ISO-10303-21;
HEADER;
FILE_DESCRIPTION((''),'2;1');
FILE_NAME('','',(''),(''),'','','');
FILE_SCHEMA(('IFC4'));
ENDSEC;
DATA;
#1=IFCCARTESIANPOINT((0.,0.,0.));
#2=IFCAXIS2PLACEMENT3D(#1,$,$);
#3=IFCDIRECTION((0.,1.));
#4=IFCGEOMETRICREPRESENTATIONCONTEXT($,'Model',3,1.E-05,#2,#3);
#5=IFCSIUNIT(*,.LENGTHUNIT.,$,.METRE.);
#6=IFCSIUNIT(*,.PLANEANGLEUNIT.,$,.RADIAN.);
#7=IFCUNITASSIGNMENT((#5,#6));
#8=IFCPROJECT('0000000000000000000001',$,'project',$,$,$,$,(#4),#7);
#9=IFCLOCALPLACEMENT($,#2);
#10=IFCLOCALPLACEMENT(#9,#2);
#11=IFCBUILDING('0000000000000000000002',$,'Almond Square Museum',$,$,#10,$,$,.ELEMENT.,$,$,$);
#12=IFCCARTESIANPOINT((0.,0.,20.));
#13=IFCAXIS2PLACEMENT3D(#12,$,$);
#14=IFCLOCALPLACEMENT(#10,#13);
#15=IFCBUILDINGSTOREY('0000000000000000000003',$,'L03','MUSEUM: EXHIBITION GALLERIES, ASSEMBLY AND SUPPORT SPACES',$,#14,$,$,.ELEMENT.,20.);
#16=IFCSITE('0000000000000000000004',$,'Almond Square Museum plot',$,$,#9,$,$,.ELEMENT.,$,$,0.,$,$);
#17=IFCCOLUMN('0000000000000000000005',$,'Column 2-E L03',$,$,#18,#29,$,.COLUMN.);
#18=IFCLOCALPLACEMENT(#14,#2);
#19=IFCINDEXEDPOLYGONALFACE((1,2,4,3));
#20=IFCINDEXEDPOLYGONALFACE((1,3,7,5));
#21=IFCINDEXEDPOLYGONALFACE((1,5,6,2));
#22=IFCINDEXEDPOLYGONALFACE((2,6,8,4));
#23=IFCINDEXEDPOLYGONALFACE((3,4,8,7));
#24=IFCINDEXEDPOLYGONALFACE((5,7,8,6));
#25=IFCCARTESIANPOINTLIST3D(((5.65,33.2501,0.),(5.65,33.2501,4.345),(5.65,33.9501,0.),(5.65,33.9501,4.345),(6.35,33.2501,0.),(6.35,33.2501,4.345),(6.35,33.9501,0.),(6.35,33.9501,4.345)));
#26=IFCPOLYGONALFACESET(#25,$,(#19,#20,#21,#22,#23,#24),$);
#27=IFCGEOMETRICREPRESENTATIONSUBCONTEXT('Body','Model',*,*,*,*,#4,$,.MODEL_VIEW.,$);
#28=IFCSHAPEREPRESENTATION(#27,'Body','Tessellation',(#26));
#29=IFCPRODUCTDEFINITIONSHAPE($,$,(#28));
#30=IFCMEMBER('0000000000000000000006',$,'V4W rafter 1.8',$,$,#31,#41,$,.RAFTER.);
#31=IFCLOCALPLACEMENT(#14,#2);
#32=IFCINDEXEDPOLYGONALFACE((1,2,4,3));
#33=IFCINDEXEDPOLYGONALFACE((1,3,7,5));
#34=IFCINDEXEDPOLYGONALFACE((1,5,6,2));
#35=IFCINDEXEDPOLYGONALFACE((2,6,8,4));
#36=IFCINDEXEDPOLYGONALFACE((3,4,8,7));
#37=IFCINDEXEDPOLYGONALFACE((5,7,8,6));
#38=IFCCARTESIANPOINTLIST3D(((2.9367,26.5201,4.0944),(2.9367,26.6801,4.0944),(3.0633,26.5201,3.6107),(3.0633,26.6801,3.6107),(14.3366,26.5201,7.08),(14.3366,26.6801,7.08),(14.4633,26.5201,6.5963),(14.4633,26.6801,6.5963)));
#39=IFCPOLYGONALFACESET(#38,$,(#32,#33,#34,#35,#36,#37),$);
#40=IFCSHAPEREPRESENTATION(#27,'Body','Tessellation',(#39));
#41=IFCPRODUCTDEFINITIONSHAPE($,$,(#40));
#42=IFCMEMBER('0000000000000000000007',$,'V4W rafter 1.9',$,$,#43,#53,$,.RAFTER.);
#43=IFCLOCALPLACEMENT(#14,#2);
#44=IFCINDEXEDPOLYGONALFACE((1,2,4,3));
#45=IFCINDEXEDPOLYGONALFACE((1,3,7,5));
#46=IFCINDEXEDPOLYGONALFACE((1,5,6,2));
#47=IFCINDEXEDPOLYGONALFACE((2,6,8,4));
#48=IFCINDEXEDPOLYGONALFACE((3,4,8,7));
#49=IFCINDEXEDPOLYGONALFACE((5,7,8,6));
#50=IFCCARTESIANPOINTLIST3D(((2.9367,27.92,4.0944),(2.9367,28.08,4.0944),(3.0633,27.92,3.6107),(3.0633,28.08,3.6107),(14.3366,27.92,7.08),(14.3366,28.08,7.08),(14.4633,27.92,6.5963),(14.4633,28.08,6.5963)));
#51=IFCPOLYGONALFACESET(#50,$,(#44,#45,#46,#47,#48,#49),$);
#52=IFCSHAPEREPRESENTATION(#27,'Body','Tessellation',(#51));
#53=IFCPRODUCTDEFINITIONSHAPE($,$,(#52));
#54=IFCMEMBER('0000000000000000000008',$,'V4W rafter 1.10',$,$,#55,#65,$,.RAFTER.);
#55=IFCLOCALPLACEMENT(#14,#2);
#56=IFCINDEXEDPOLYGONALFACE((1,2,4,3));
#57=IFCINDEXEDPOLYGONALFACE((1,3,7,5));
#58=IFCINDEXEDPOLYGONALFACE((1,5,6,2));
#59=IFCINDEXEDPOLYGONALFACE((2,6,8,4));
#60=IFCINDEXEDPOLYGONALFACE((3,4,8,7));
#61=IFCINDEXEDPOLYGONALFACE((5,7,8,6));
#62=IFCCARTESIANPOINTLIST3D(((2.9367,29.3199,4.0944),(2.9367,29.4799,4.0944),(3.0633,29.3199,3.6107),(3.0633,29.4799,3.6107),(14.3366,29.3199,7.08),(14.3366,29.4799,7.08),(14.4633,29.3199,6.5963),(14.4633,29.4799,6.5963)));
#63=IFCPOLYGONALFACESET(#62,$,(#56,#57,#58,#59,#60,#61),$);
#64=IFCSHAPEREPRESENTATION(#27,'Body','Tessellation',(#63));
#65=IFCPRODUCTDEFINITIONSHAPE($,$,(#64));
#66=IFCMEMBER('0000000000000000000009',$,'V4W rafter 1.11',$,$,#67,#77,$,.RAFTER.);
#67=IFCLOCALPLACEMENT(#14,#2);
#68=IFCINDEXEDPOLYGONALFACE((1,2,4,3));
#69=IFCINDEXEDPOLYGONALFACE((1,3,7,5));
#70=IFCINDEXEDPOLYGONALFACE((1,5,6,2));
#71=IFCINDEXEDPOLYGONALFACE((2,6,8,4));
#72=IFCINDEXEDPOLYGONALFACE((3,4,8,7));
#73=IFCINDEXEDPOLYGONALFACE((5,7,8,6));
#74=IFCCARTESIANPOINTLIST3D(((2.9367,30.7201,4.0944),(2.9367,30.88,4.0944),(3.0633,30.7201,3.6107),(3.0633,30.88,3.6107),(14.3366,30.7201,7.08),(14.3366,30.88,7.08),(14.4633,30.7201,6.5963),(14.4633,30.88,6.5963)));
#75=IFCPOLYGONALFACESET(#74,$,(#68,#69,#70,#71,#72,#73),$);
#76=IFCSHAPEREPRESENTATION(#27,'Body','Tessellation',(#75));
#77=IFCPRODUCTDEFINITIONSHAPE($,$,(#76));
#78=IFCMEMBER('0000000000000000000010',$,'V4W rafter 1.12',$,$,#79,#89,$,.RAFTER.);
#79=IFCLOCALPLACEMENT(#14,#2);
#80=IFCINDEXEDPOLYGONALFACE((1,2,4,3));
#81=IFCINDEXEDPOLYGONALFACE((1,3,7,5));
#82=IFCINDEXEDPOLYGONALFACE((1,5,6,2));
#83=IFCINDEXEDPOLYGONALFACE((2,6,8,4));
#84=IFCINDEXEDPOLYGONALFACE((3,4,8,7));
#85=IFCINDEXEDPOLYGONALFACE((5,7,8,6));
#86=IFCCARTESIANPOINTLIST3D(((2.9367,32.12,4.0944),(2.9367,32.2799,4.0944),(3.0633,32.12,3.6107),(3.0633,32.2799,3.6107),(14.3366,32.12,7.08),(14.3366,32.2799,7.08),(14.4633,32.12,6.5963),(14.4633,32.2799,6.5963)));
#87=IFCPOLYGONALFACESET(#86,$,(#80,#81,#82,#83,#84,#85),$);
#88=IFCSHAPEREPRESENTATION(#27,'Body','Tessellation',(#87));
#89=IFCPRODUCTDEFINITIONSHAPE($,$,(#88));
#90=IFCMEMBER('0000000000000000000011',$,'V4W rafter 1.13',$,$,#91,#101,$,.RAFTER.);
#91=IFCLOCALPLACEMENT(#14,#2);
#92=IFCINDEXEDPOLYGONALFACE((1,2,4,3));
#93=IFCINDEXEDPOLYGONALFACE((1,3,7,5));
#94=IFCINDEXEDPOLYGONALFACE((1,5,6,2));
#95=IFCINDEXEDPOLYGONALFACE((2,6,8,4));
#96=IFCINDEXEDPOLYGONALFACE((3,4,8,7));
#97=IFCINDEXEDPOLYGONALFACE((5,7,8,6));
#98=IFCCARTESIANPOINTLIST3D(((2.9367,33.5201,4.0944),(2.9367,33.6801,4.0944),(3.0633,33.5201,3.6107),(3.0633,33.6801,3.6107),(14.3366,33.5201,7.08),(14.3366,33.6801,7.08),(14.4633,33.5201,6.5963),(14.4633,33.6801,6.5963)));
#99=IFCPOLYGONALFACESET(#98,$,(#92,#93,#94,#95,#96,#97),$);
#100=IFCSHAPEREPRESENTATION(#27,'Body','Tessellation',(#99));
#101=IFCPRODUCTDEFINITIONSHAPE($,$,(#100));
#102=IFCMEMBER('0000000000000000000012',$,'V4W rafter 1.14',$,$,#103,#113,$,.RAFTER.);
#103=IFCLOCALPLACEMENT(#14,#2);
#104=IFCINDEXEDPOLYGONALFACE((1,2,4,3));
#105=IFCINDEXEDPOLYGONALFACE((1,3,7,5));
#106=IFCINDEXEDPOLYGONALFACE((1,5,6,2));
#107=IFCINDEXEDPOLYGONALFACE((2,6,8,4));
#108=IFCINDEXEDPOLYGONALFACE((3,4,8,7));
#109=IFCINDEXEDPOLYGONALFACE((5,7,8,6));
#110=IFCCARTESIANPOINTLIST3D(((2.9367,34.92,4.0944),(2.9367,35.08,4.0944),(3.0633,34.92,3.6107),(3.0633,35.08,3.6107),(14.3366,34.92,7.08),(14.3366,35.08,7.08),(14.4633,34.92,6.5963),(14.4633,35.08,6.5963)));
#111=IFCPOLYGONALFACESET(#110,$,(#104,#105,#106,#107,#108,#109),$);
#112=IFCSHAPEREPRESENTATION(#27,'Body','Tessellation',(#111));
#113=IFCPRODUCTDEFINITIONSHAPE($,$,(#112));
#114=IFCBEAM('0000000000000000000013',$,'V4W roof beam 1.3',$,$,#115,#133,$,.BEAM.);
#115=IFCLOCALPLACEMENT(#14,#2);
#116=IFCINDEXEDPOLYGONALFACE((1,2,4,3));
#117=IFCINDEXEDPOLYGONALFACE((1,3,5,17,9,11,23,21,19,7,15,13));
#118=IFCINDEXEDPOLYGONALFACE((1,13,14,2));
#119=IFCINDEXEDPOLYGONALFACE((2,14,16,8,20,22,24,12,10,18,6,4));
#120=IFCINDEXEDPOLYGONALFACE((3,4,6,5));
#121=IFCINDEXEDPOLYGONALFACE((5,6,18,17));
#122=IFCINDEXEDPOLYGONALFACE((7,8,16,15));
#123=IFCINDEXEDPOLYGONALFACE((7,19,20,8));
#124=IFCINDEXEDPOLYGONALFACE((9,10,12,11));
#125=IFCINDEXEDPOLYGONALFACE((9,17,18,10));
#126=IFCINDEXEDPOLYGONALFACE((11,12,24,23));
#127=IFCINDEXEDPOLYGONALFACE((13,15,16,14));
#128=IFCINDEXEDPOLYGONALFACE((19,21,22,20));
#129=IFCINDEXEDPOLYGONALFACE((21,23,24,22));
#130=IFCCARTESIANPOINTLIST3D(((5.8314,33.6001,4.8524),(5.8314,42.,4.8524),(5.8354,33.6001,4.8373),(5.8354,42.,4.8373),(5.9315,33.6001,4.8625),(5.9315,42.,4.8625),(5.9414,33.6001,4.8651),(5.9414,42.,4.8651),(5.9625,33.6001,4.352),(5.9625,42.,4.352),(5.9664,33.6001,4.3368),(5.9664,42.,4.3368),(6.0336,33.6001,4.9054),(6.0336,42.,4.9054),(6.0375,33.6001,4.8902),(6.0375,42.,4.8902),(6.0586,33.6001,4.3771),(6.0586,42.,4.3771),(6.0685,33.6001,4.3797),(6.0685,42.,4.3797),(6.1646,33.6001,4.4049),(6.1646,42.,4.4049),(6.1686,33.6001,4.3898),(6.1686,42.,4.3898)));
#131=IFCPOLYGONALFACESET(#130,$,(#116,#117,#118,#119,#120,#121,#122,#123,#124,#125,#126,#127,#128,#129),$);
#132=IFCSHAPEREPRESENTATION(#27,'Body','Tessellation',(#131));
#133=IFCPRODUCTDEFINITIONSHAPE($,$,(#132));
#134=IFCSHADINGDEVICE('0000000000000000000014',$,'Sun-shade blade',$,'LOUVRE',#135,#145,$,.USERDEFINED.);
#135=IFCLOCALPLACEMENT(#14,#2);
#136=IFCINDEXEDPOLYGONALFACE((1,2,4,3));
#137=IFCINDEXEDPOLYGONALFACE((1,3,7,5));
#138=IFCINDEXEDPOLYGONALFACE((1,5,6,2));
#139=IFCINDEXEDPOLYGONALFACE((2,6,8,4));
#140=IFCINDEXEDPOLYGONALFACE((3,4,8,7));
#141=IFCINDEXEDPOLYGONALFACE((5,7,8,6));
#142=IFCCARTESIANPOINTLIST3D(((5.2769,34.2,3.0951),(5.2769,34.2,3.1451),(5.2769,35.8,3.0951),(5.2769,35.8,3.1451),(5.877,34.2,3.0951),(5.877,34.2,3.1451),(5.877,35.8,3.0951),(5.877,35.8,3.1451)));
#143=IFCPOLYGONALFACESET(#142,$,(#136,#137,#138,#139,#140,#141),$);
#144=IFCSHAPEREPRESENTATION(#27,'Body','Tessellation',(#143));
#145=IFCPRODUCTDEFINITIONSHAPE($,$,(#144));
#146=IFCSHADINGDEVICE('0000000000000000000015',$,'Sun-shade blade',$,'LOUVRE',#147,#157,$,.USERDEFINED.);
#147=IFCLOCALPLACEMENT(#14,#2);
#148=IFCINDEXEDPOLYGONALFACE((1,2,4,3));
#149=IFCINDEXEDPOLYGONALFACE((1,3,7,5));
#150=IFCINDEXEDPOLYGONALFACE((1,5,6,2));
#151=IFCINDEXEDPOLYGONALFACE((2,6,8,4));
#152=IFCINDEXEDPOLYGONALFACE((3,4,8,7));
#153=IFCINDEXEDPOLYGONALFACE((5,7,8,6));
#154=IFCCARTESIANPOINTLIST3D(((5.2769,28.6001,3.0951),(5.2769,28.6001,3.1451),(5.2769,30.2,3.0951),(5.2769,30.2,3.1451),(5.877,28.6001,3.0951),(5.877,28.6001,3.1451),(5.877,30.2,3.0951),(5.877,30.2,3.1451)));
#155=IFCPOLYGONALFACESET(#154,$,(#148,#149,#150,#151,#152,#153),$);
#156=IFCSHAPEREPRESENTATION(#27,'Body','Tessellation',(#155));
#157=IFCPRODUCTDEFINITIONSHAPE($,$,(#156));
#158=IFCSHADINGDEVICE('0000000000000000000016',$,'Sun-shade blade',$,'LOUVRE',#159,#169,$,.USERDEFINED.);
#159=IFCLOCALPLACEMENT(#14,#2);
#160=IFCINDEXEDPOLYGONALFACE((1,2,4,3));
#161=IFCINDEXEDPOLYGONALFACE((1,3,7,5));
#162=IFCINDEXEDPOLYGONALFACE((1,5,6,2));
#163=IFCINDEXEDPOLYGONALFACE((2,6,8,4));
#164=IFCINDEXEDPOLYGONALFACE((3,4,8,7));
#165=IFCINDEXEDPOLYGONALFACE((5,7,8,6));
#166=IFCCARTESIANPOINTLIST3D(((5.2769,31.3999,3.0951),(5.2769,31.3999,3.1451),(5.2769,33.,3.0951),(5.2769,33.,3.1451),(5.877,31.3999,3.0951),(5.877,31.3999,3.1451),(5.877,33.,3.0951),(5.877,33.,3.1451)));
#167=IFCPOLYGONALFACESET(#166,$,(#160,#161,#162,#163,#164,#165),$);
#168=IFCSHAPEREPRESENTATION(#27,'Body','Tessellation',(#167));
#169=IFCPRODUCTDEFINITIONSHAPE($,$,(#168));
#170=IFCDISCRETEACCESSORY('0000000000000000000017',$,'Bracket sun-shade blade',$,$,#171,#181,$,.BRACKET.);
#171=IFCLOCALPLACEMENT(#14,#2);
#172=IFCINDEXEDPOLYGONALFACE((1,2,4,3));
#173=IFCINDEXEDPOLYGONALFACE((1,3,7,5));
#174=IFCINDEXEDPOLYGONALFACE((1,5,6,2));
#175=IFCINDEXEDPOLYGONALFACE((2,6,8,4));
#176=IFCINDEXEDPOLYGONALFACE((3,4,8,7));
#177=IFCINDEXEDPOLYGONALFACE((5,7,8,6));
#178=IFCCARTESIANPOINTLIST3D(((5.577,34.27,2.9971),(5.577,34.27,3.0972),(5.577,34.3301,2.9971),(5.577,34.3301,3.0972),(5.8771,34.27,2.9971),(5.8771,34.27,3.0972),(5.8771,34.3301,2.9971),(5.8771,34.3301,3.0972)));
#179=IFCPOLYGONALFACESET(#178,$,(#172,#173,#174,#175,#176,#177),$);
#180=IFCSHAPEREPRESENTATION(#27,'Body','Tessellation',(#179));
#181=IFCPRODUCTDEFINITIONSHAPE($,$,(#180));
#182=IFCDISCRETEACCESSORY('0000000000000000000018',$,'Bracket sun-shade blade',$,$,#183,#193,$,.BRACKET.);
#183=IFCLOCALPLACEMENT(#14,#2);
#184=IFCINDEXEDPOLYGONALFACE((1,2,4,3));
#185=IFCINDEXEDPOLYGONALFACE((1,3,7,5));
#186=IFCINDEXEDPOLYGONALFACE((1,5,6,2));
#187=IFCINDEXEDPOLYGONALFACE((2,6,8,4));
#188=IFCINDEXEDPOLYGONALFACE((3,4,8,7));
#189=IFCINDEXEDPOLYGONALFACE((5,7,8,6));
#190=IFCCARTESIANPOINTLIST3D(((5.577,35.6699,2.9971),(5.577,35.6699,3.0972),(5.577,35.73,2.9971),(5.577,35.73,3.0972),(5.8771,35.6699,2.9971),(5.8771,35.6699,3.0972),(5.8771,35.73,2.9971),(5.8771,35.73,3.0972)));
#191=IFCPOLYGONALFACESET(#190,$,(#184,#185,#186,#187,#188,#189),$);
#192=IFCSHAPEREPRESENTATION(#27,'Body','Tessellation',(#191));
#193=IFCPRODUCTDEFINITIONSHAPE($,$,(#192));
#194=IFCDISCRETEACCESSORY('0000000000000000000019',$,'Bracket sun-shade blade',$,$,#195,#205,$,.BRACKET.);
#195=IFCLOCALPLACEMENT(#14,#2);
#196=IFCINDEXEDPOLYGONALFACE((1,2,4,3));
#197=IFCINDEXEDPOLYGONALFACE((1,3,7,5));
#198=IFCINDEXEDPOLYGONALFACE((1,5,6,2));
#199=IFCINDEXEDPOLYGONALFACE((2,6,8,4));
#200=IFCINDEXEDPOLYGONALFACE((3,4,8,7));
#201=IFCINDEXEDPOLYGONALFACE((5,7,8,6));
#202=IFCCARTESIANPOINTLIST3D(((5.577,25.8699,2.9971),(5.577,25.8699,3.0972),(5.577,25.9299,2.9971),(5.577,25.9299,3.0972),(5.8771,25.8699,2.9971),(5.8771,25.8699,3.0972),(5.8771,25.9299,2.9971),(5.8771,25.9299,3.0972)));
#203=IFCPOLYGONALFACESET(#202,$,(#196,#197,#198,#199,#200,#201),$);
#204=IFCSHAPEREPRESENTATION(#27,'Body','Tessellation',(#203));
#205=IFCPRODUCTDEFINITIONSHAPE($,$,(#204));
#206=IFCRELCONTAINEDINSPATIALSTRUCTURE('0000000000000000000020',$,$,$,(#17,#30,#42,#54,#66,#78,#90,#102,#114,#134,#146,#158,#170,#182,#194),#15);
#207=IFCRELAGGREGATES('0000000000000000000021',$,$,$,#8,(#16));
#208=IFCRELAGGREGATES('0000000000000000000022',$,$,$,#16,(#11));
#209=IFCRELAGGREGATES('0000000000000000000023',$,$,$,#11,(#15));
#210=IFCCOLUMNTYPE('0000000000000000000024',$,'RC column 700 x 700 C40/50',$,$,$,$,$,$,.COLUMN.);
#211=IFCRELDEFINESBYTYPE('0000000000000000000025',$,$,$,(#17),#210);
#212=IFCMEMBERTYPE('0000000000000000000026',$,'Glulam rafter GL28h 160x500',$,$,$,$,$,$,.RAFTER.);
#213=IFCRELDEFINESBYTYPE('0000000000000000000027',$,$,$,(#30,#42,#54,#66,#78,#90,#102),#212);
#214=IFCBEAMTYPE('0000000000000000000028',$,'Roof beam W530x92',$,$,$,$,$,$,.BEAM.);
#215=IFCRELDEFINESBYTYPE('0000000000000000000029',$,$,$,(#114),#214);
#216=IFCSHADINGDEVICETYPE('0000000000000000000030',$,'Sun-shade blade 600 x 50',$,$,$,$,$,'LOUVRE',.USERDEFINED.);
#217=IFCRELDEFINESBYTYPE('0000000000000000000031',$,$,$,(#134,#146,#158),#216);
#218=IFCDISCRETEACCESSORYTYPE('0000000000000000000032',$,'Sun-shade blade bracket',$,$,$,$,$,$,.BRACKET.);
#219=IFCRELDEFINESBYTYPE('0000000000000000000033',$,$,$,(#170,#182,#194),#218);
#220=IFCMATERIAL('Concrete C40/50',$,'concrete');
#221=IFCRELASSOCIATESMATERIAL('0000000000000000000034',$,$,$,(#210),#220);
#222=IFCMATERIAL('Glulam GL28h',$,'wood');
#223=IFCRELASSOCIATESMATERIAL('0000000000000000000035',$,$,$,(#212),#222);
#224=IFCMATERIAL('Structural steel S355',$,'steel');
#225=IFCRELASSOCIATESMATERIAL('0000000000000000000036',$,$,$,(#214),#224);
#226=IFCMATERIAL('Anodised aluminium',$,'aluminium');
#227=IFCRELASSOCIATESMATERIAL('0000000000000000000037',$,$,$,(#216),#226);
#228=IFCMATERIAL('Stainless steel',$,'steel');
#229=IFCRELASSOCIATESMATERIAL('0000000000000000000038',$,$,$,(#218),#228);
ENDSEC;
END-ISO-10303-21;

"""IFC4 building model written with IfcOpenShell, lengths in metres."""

from ifc_helpers import new_model, si_unit, direction, frame, origin, origin_2d, place, context, subcontext, project, spatial, rectangle, i_section, extrude, material, material_profile, profile_set, type_object, element, save


model = new_model("IFC4")

# Units and contexts
model_context = context("Model", 3, precision=1e-05, world=origin(), true_north=direction((0.0, 1.0)))
body_context = subcontext(model_context, "Body", "Model", "MODEL_VIEW")
ifc_project = project(units=[si_unit("LENGTHUNIT", "METRE"), si_unit("PLANEANGLEUNIT", "RADIAN")], contexts=[model_context])

# Site, building, storey
site_placement = place(None, origin())
site = spatial("IfcSite", under=ifc_project, at=site_placement, Name="Almond Square Museum plot", CompositionType="ELEMENT", RefElevation=0.0)
building_placement = place(site_placement, origin())
building = spatial("IfcBuilding", under=site, at=building_placement, Name="Almond Square Museum", CompositionType="ELEMENT")
storey_placement = place(building_placement, frame((0.0, 0.0, 20.0)))
storey = spatial("IfcBuildingStorey", under=building, at=storey_placement, Name="L03", Description="MUSEUM: EXHIBITION GALLERIES, ASSEMBLY AND SUPPORT SPACES", CompositionType="ELEMENT", Elevation=20.0)

# Column
ifc_material_1 = material(Name="Concrete C40/50", Category="concrete")
ifc_material_profile_1 = material_profile(ifc_material_1, rectangle(XDim=0.7, YDim=0.7, at=origin_2d()))
ifc_profile_set_1 = profile_set([ifc_material_profile_1], Name="Concrete C40/50")
column_type = type_object("IfcColumnType", Name="RC column 700 x 700 C40/50", PredefinedType="COLUMN", material=ifc_profile_set_1)
column_placement = place(storey_placement, frame((6.0, 33.6001, 0.0), z_axis=(0.0, 0.0, 1.0), x_axis=(1.0, 0.0, 0.0)))
element("IfcColumn", 1, at=column_placement, inside=storey, type_object=column_type, Name="Column 2-E L03", PredefinedType="COLUMN", context=body_context, shape_type="SweptSolid", body=[
    extrude(rectangle(XDim=0.7, YDim=0.7, at=origin_2d()), origin(), (0.0, 0.0, 1.0), 4.345),
])

# Members
ifc_material_2 = material(Name="Glulam GL28h", Category="wood")
ifc_material_profile_2 = material_profile(ifc_material_2, rectangle(XDim=0.1599, YDim=0.5, at=origin_2d()))
ifc_profile_set_2 = profile_set([ifc_material_profile_2], Name="Glulam GL28h")
member_type = type_object("IfcMemberType", Name="Glulam rafter GL28h 160x500", PredefinedType="RAFTER", material=ifc_profile_set_2)
for number, where, z_axis, x_axis, name in (
    (2, (3.0, 26.6001, 3.8525), (0.967374, 0.0, 0.253352), (0.0, 1.0, 0.0), "V4W rafter 1.8"),
    (3, (3.0, 28.0, 3.8525), (0.967374, 0.0, 0.253352), (0.0, 1.0, 0.0), "V4W rafter 1.9"),
    (4, (3.0, 29.3999, 3.8525), (0.967374, 0.0, 0.253352), (0.0, 1.0, 0.0), "V4W rafter 1.10"),
    (5, (3.0, 30.8, 3.8525), (0.967374, 0.0, 0.253352), (0.0, 1.0, 0.0), "V4W rafter 1.11"),
    (6, (3.0, 32.2, 3.8525), (0.967374, 0.0, 0.253352), (0.0, 1.0, 0.0), "V4W rafter 1.12"),
    (7, (3.0, 33.6001, 3.8525), (0.967374, 0.0, 0.253352), (0.0, 1.0, 0.0), "V4W rafter 1.13"),
    (8, (3.0, 35.0, 3.8525), (0.967374, 0.0, 0.253352), (0.0, 1.0, 0.0), "V4W rafter 1.14"),
):
    element("IfcMember", number, at=place(storey_placement, frame(where, z_axis=z_axis, x_axis=x_axis)), inside=storey, type_object=member_type, Name=name, PredefinedType="RAFTER", context=body_context, shape_type="SweptSolid", body=[
        extrude(rectangle(XDim=0.1599, YDim=0.5, at=origin_2d()), origin(), (0.0, 0.0, 1.0), 11.7844),
    ])

# Beam
ifc_material_3 = material(Name="Structural steel S355", Category="steel")
ifc_material_profile_3 = material_profile(ifc_material_3, i_section(OverallWidth=0.209, OverallDepth=0.533, WebThickness=0.0103, FlangeThickness=0.0156, at=origin_2d()))
ifc_profile_set_3 = profile_set([ifc_material_profile_3], Name="Structural steel S355")
beam_type = type_object("IfcBeamType", Name="Roof beam W530x92", PredefinedType="BEAM", material=ifc_profile_set_3)
beam_placement = place(storey_placement, frame((6.0, 33.6001, 4.6211), z_axis=(0.0, 1.0, 0.0), x_axis=(-0.967372, 0.0, -0.25336)))
element("IfcBeam", 9, at=beam_placement, inside=storey, type_object=beam_type, Name="V4W roof beam 1.3", PredefinedType="BEAM", context=body_context, shape_type="SweptSolid", body=[
    extrude(i_section(OverallWidth=0.209, OverallDepth=0.533, WebThickness=0.0103, FlangeThickness=0.0156, at=origin_2d()), origin(), (0.0, 0.0, 1.0), 8.3999),
])

# Shading devices
ifc_material_4 = material(Name="Anodised aluminium", Category="aluminium")
ifc_material_profile_4 = material_profile(ifc_material_4, rectangle(XDim=0.6001, YDim=0.05, at=origin_2d()))
ifc_profile_set_4 = profile_set([ifc_material_profile_4], Name="Anodised aluminium")
shading_device_type = type_object("IfcShadingDeviceType", Name="Sun-shade blade 600 x 50", ElementType="LOUVRE", PredefinedType="USERDEFINED", material=ifc_profile_set_4)
shading_device_1_placement = place(storey_placement, frame((5.5769, 34.2, 3.1201), z_axis=(0.0, 1.0, 0.0), x_axis=(-1.0, 0.0, 0.0)))
element("IfcShadingDevice", 10, at=shading_device_1_placement, inside=storey, type_object=shading_device_type, Name="Sun-shade blade", ObjectType="LOUVRE", PredefinedType="USERDEFINED", context=body_context, shape_type="SweptSolid", body=[
    extrude(rectangle(XDim=0.6001, YDim=0.05, at=origin_2d()), origin(), (0.0, 0.0, 1.0), 1.6001),
])
shading_device_2_placement = place(storey_placement, frame((5.5769, 28.6001, 3.1201), z_axis=(0.0, 1.0, 0.0), x_axis=(-1.0, 0.0, 0.0)))
element("IfcShadingDevice", 11, at=shading_device_2_placement, inside=storey, type_object=shading_device_type, Name="Sun-shade blade", ObjectType="LOUVRE", PredefinedType="USERDEFINED", context=body_context, shape_type="SweptSolid", body=[
    extrude(rectangle(XDim=0.6001, YDim=0.05, at=origin_2d()), origin(), (0.0, 0.0, 1.0), 1.5999),
])
shading_device_3_placement = place(storey_placement, frame((5.5769, 31.3999, 3.1201), z_axis=(0.0, 1.0, 0.0), x_axis=(-1.0, 0.0, 0.0)))
element("IfcShadingDevice", 12, at=shading_device_3_placement, inside=storey, type_object=shading_device_type, Name="Sun-shade blade", ObjectType="LOUVRE", PredefinedType="USERDEFINED", context=body_context, shape_type="SweptSolid", body=[
    extrude(rectangle(XDim=0.6001, YDim=0.05, at=origin_2d()), origin(), (0.0, 0.0, 1.0), 1.6001),
])

# Discrete accessories
ifc_material_5 = material(Name="Stainless steel", Category="steel")
discrete_accessory_type = type_object("IfcDiscreteAccessoryType", Name="Sun-shade blade bracket", PredefinedType="BRACKET", material=ifc_material_5)
for number, where, z_axis, x_axis, name in (
    (13, (5.7271, 34.3, 2.9971), (0.0, 0.0, 1.0), (1.0, 0.0, 0.0), "Bracket sun-shade blade"),
    (14, (5.7271, 35.7, 2.9971), (0.0, 0.0, 1.0), (1.0, 0.0, 0.0), "Bracket sun-shade blade"),
    (15, (5.7271, 25.8999, 2.9971), (0.0, 0.0, 1.0), (1.0, 0.0, 0.0), "Bracket sun-shade blade"),
):
    element("IfcDiscreteAccessory", number, at=place(storey_placement, frame(where, z_axis=z_axis, x_axis=x_axis)), inside=storey, type_object=discrete_accessory_type, Name=name, PredefinedType="BRACKET", context=body_context, shape_type="SweptSolid", body=[
        extrude(rectangle(XDim=0.3, YDim=0.0601, at=origin_2d()), origin(), (0.0, 0.0, 1.0), 0.1001),
    ])

save(model, "model.ifc")
